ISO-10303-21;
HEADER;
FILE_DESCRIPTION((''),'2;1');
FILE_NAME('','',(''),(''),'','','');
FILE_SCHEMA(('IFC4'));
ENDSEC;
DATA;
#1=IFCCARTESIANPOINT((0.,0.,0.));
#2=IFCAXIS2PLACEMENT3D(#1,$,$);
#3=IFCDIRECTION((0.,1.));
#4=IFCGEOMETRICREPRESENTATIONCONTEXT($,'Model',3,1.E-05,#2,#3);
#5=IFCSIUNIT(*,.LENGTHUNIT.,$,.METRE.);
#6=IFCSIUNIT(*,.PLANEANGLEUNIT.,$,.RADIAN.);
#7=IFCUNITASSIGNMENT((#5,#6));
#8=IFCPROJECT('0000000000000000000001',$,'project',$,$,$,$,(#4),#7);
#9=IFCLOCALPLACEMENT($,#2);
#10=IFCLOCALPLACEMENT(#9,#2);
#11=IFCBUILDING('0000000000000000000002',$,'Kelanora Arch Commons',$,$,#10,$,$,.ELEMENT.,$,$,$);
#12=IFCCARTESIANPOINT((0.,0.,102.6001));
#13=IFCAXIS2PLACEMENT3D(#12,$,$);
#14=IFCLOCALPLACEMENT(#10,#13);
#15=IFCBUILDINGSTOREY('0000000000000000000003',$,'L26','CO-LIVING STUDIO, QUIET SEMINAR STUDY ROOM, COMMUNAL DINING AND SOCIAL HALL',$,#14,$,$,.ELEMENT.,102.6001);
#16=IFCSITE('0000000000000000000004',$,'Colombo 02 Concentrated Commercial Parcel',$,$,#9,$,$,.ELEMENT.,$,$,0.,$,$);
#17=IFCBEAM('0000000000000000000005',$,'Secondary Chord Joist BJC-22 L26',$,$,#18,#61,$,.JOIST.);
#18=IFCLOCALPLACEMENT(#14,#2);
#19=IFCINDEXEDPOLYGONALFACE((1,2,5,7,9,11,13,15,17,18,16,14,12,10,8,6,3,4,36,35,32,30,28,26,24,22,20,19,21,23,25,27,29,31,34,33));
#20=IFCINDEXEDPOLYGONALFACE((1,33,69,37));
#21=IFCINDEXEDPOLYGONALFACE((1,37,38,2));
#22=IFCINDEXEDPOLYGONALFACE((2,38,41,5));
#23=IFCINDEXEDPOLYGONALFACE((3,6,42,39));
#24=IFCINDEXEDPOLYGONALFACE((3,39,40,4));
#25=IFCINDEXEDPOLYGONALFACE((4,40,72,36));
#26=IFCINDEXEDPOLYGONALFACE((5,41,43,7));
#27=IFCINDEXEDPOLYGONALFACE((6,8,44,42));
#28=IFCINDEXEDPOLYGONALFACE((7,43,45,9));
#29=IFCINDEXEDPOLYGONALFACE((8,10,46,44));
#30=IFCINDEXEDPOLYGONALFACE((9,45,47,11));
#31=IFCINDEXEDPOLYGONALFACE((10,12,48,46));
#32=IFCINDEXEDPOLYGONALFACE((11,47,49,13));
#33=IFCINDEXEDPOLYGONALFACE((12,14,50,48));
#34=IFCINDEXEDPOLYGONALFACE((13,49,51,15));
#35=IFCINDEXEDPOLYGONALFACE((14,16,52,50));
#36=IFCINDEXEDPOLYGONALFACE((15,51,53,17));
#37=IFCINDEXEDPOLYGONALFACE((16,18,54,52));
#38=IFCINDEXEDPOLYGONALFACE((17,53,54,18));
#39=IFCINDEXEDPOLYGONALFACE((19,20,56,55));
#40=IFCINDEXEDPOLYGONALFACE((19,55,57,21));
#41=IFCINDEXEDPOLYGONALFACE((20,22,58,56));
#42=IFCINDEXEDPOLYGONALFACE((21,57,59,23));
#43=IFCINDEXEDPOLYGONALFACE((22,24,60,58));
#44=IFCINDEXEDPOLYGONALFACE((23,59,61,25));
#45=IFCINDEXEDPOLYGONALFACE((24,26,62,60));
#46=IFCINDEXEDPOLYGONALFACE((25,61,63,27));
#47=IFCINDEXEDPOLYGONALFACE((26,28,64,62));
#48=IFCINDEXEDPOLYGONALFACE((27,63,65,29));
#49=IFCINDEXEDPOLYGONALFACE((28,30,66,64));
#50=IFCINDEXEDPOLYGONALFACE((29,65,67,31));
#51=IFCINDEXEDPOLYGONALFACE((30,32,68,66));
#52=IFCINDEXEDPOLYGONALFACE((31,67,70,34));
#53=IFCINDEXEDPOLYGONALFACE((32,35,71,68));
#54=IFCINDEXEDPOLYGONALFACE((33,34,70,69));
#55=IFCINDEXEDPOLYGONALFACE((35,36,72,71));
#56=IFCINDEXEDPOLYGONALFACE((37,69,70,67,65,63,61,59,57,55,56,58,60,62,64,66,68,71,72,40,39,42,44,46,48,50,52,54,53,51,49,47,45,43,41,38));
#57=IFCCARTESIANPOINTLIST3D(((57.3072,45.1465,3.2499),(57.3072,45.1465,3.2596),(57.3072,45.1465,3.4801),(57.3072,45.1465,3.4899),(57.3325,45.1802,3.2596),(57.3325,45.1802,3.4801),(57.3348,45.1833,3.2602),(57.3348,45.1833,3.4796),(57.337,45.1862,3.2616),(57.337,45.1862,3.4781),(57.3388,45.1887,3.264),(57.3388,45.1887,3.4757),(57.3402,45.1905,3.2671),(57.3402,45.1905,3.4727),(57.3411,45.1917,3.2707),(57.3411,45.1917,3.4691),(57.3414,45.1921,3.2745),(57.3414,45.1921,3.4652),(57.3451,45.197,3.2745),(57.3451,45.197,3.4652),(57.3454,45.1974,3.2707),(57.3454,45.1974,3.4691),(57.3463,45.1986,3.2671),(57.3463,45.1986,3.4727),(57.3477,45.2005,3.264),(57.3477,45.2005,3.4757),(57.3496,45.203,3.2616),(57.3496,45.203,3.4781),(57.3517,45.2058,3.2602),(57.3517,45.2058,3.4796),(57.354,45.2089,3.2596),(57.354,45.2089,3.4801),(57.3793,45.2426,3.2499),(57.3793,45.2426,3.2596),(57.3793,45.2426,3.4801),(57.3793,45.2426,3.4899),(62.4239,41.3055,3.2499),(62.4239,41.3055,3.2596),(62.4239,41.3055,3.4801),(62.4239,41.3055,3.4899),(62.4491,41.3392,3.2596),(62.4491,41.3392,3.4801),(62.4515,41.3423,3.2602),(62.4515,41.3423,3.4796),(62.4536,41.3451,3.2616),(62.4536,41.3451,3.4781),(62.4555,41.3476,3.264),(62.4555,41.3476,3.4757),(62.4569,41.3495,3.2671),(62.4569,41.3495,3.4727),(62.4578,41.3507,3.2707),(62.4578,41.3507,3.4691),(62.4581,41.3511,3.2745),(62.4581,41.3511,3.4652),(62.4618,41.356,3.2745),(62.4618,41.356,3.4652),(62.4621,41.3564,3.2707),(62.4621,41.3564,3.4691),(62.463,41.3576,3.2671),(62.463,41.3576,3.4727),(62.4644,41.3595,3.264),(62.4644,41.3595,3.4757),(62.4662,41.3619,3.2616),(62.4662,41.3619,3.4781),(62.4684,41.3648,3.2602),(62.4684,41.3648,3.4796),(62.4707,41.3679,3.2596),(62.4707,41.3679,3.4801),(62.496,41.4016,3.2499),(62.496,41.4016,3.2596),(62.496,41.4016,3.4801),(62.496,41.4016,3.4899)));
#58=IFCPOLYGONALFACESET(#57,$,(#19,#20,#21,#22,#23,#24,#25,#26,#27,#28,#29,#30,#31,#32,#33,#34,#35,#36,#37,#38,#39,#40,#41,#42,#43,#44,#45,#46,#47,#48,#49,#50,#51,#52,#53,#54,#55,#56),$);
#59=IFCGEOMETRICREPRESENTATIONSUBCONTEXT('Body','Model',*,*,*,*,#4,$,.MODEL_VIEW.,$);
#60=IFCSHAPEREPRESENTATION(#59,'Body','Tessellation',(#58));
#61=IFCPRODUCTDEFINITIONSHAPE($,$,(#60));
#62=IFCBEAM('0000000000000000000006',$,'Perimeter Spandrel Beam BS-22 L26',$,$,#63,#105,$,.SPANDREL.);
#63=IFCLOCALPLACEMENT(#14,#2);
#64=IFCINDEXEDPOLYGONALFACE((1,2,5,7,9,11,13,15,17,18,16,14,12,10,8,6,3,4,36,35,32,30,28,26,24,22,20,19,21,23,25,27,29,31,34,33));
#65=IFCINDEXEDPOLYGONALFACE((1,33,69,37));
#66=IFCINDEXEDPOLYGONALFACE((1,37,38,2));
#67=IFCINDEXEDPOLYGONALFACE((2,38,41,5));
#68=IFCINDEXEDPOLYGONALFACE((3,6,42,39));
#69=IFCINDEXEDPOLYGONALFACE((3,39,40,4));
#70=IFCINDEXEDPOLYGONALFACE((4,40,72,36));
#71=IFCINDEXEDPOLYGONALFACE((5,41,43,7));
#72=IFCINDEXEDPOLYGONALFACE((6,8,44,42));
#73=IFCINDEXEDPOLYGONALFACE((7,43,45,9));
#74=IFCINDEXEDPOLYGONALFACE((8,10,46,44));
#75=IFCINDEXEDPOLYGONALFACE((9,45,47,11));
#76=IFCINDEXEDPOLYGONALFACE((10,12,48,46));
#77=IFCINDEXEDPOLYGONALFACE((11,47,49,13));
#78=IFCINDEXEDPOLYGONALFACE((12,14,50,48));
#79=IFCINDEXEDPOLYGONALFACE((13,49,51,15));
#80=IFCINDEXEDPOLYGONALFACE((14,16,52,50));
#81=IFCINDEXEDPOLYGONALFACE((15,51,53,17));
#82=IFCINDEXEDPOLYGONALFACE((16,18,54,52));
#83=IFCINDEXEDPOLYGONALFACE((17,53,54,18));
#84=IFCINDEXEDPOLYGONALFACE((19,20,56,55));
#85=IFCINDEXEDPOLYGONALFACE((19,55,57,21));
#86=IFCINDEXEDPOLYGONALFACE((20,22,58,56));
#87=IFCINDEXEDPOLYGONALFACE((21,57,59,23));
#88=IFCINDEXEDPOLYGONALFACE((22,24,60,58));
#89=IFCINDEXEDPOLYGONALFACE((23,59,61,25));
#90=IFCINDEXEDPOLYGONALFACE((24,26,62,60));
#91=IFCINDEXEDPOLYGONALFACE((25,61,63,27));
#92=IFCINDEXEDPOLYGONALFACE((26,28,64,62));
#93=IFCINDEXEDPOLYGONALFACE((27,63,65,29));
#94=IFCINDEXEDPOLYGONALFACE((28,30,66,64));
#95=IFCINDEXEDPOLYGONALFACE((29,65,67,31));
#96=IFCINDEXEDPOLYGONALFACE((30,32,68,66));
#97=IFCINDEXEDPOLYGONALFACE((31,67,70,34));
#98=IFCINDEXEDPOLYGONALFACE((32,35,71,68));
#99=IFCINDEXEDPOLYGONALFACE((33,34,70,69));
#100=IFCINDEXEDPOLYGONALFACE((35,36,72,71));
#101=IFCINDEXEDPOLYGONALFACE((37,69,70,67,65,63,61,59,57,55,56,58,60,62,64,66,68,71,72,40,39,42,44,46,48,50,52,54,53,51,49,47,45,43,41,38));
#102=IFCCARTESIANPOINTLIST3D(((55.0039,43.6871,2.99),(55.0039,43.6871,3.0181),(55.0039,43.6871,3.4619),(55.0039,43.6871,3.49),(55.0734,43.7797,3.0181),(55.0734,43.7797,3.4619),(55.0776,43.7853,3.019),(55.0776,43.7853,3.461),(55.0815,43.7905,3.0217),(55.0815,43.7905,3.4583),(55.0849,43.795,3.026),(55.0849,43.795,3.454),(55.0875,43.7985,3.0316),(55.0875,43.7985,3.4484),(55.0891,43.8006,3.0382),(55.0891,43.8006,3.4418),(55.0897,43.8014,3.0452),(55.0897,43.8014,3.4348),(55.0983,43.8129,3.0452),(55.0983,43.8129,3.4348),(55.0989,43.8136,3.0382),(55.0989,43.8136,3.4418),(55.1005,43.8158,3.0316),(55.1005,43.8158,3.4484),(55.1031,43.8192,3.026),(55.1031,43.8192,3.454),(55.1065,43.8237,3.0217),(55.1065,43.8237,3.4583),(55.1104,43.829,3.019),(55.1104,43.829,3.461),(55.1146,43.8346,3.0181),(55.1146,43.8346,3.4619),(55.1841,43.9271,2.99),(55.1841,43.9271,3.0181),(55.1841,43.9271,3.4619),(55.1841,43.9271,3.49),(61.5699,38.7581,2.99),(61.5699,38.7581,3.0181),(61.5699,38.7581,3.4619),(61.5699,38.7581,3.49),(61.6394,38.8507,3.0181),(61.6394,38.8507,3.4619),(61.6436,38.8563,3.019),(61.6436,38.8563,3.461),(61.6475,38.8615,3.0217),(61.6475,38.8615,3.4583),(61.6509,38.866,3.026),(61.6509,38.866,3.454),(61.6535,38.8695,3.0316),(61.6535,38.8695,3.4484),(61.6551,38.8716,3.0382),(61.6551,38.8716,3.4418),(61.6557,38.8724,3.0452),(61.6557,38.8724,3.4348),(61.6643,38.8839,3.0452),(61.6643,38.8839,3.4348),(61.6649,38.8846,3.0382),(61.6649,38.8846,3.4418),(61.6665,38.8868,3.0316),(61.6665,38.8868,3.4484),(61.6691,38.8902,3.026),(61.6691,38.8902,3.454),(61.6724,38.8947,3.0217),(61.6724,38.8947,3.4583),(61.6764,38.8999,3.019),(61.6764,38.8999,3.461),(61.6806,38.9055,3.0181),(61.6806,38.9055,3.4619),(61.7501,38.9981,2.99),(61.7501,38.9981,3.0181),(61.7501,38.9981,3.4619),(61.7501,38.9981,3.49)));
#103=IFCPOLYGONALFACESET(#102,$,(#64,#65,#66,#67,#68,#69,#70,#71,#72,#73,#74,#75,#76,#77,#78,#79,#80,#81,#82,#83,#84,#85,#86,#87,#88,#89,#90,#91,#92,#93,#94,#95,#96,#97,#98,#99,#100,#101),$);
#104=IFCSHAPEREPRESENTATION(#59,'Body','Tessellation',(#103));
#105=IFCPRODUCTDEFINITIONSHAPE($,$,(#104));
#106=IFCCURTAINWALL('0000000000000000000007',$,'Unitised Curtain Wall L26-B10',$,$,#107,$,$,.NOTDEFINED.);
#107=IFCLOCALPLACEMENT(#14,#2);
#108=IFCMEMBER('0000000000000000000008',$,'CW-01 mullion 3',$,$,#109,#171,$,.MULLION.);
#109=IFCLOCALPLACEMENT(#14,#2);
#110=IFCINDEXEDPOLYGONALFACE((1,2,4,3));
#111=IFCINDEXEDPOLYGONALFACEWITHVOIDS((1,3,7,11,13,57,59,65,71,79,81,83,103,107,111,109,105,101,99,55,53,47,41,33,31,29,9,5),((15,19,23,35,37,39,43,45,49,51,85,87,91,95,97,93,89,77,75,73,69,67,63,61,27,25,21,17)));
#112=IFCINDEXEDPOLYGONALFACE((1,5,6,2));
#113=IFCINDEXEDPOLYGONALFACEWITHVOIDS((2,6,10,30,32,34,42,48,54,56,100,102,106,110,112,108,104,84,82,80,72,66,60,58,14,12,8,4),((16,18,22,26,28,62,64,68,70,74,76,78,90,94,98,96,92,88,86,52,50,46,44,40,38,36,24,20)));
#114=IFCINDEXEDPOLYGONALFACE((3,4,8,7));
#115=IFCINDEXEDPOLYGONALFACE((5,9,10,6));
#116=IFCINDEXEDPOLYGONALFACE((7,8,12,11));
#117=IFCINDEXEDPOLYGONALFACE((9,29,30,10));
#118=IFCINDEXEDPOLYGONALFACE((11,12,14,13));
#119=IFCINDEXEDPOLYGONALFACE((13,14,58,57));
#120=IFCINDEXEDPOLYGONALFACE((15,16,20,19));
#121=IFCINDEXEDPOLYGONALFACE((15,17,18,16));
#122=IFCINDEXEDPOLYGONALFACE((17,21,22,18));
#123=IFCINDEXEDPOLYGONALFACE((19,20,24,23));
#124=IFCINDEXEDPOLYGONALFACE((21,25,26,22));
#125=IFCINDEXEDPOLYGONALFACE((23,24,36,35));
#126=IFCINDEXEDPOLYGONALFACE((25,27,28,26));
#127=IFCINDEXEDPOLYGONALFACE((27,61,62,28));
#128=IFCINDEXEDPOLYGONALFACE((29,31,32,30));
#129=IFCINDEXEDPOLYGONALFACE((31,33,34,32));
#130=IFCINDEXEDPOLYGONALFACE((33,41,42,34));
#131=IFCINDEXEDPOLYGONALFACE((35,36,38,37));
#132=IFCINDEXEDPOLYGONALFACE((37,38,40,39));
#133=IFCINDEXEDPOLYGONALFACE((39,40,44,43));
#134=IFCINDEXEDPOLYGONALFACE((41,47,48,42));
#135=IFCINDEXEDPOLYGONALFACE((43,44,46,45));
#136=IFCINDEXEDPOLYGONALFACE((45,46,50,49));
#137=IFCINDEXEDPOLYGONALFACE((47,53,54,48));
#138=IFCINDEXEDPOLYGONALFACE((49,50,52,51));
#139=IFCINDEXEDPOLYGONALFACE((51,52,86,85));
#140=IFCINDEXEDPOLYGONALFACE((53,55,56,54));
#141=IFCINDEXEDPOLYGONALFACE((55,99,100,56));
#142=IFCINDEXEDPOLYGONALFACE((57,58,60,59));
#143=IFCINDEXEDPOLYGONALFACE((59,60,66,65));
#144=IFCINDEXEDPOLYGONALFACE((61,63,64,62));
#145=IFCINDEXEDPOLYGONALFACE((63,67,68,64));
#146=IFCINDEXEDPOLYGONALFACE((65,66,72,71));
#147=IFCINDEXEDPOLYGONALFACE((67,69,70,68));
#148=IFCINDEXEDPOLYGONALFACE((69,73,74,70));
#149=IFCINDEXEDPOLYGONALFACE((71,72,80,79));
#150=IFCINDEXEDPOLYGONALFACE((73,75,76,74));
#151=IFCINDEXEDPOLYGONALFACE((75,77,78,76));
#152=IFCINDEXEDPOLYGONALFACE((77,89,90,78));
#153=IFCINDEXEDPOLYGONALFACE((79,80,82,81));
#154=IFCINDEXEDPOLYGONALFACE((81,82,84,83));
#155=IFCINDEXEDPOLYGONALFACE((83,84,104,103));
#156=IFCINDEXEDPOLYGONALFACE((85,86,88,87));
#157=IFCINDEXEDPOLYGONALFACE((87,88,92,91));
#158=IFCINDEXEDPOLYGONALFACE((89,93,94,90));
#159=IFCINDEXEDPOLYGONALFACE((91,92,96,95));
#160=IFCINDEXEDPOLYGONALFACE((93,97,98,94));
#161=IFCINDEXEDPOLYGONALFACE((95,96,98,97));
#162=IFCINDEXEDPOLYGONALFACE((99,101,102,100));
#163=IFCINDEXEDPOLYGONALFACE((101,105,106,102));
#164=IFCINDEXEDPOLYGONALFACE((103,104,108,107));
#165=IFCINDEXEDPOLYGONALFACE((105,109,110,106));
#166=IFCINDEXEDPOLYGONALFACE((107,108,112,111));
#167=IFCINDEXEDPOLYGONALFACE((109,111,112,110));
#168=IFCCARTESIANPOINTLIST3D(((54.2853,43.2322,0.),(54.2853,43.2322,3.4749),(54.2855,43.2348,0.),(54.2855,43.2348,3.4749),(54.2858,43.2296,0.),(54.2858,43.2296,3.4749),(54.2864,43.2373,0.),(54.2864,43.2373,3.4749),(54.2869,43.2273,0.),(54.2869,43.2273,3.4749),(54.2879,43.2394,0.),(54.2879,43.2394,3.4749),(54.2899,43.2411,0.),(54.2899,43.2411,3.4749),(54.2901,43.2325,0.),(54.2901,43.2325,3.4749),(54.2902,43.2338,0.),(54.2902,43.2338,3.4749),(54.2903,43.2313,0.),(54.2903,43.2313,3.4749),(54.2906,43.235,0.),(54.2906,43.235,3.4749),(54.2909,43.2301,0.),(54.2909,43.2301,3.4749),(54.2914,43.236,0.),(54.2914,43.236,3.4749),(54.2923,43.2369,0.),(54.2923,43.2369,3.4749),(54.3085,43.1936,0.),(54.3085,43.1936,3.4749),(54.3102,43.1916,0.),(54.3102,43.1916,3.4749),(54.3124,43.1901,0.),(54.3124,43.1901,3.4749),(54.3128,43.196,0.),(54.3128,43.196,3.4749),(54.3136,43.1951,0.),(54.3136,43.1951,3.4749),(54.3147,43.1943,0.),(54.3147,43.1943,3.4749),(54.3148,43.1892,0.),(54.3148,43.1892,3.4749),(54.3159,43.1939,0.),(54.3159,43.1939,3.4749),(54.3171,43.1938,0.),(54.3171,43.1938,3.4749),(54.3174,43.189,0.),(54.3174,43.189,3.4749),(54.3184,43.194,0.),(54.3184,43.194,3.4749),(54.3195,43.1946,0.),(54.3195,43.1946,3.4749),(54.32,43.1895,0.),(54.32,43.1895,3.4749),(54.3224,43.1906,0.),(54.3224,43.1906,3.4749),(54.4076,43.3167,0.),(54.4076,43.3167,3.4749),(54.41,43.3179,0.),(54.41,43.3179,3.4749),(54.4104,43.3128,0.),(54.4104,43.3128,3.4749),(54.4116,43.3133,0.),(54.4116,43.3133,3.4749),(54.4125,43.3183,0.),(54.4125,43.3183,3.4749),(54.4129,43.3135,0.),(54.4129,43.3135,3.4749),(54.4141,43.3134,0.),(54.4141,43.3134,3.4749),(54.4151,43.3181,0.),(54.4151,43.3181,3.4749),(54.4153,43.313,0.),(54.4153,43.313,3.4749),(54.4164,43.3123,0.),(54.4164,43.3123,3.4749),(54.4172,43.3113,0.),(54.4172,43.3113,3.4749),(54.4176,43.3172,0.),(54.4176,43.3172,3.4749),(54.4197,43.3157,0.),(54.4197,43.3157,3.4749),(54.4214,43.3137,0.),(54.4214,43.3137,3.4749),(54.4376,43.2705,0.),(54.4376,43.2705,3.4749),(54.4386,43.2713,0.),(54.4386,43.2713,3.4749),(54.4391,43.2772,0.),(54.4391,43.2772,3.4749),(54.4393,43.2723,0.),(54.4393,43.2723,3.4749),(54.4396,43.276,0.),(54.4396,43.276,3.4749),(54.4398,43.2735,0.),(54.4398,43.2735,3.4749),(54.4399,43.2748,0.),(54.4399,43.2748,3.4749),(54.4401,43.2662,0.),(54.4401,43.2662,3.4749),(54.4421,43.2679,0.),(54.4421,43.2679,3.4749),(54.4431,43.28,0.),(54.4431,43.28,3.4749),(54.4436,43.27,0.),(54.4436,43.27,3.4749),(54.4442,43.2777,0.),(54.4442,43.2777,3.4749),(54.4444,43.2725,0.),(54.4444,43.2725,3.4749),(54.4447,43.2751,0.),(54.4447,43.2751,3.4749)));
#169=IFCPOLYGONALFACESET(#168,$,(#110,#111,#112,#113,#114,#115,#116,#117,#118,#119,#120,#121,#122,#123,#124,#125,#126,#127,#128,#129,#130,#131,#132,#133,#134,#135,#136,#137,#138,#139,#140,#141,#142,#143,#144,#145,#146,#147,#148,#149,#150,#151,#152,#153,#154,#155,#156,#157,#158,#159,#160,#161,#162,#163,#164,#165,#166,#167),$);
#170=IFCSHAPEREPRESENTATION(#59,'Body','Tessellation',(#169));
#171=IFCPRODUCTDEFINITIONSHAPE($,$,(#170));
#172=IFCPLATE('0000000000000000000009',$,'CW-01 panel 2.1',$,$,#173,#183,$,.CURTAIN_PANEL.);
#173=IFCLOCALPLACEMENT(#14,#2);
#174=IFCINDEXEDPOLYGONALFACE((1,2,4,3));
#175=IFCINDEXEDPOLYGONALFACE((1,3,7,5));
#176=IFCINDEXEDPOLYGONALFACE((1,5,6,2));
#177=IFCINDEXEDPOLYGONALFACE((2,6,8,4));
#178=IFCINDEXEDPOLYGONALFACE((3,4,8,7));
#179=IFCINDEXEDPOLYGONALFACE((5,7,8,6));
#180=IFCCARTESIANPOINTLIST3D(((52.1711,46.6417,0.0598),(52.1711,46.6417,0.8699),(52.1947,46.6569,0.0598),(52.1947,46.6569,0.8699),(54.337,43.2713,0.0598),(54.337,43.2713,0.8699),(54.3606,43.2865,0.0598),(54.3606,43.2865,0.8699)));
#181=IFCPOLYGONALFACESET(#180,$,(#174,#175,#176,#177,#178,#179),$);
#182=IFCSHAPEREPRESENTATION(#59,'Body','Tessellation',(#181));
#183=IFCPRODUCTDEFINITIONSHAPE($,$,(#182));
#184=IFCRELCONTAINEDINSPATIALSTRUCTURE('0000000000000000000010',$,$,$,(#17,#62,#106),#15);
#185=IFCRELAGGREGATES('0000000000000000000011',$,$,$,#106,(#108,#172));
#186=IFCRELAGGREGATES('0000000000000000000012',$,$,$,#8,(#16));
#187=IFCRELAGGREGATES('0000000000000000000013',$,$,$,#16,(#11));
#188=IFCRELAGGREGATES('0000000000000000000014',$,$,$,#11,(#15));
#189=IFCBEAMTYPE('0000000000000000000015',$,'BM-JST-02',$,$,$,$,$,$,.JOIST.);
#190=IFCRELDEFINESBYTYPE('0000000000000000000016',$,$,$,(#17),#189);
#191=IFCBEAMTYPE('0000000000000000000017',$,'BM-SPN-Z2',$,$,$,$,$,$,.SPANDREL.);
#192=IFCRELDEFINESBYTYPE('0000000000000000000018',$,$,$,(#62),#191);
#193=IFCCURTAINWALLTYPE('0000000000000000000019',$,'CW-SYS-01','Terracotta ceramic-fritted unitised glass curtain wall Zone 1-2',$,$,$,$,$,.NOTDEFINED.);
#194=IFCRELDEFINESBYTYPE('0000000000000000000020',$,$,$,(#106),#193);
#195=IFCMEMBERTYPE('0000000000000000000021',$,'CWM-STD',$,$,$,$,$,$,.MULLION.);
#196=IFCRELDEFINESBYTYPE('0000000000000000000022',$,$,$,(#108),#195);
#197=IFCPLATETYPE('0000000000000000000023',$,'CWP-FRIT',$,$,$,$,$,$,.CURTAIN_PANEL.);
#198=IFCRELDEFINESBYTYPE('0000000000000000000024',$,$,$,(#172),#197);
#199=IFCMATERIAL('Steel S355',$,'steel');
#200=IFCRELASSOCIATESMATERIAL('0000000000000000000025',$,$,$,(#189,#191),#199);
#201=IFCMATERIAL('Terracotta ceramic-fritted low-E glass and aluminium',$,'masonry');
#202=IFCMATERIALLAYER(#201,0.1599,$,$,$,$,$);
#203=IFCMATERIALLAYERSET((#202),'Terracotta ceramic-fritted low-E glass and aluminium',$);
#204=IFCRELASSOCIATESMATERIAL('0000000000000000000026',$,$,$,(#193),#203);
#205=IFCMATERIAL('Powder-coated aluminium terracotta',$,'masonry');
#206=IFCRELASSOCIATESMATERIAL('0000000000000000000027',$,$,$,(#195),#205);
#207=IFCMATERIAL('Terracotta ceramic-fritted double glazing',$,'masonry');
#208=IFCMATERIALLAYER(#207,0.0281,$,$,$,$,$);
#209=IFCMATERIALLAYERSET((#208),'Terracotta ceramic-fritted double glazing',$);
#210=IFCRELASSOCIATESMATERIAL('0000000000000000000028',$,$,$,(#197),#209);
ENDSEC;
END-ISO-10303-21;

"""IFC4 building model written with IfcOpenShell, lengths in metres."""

from ifc_helpers import new_model, si_unit, direction, frame, origin, origin_2d, place, context, subcontext, project, spatial, rectangle, hollow_rectangle, i_section, extrude, source, transform, mapped, material, layer, layer_set, material_profile, profile_set, type_object, element, aggregate, save


model = new_model("IFC4")

# Units and contexts
model_context = context("Model", 3, precision=1e-05, world=origin(), true_north=direction((0.0, 1.0)))
body_context = subcontext(model_context, "Body", "Model", "MODEL_VIEW")
ifc_project = project(units=[si_unit("LENGTHUNIT", "METRE"), si_unit("PLANEANGLEUNIT", "RADIAN")], contexts=[model_context])

# Site, building, storey
site_placement = place(None, origin())
site = spatial("IfcSite", under=ifc_project, at=site_placement, Name="Colombo 02 Concentrated Commercial Parcel", CompositionType="ELEMENT", RefElevation=0.0)
building_placement = place(site_placement, origin())
building = spatial("IfcBuilding", under=site, at=building_placement, Name="Kelanora Arch Commons", CompositionType="ELEMENT")
storey_placement = place(building_placement, frame((0.0, 0.0, 102.6001)))
storey = spatial("IfcBuildingStorey", under=building, at=storey_placement, Name="L26", Description="CO-LIVING STUDIO, QUIET SEMINAR STUDY ROOM, COMMUNAL DINING AND SOCIAL HALL", CompositionType="ELEMENT", Elevation=102.6001)

# Beams
ifc_material_1 = material(Name="Steel S355", Category="steel")
ifc_material_profile_1 = material_profile(ifc_material_1, i_section(OverallWidth=0.1201, OverallDepth=0.24, WebThickness=0.0061, FlangeThickness=0.0098, FilletRadius=0.0149, at=origin_2d()), Name="IPE240")
ifc_profile_set_1 = profile_set([ifc_material_profile_1], Name="Steel S355")
beam_type_1 = type_object("IfcBeamType", Name="BM-JST-02", PredefinedType="JOIST", material=ifc_profile_set_1)
beam_1_placement = place(storey_placement, frame((57.3433, 45.1946, 3.3699), z_axis=(0.799734, -0.600354, 0.0), x_axis=(0.600354, 0.799734, 0.0)))
element("IfcBeam", 1, at=beam_1_placement, inside=storey, type_object=beam_type_1, Name="Secondary Chord Joist BJC-22 L26", PredefinedType="JOIST", context=body_context, shape_type="SweptSolid", body=[
    extrude(i_section(OverallWidth=0.1201, OverallDepth=0.24, WebThickness=0.0061, FlangeThickness=0.0098, FilletRadius=0.0149, at=origin_2d()), origin(), (0.0, 0.0, 1.0), 6.3979),
])
ifc_material_profile_2 = material_profile(ifc_material_1, i_section(OverallWidth=0.3, OverallDepth=0.5, WebThickness=0.0144, FlangeThickness=0.0281, FilletRadius=0.0271, at=origin_2d()), Name="HEB500")
ifc_profile_set_2 = profile_set([ifc_material_profile_2], Name="Steel S355")
beam_type_2 = type_object("IfcBeamType", Name="BM-SPN-Z2", PredefinedType="SPANDREL", material=ifc_profile_set_2)
beam_2_placement = place(storey_placement, frame((55.094, 43.8071, 3.24), z_axis=(0.799736, -0.600352, 0.0), x_axis=(0.600352, 0.799736, 0.0)))
element("IfcBeam", 2, at=beam_2_placement, inside=storey, type_object=beam_type_2, Name="Perimeter Spandrel Beam BS-22 L26", PredefinedType="SPANDREL", context=body_context, shape_type="SweptSolid", body=[
    extrude(i_section(OverallWidth=0.3, OverallDepth=0.5, WebThickness=0.0144, FlangeThickness=0.0281, FilletRadius=0.0271, at=origin_2d()), origin(), (0.0, 0.0, 1.0), 8.2102),
])

# Curtain wall, member, plate
ifc_material_2 = material(Name="Terracotta ceramic-fritted low-E glass and aluminium", Category="masonry")
ifc_layer_1 = layer(ifc_material_2, 0.1599)
ifc_layer_set_1 = layer_set([ifc_layer_1], Name="Terracotta ceramic-fritted low-E glass and aluminium")
curtain_wall_type = type_object("IfcCurtainWallType", Name="CW-SYS-01", Description="Terracotta ceramic-fritted unitised glass curtain wall Zone 1-2", PredefinedType="NOTDEFINED", material=ifc_layer_set_1)
curtain_wall_placement = place(storey_placement, origin())
curtain_wall = element("IfcCurtainWall", 3, at=curtain_wall_placement, inside=storey, type_object=curtain_wall_type, Name="Unitised Curtain Wall L26-B10", PredefinedType="NOTDEFINED")
ifc_material_3 = material(Name="Powder-coated aluminium terracotta", Category="masonry")
ifc_material_profile_3 = material_profile(ifc_material_3, hollow_rectangle(XDim=0.1599, YDim=0.0601, WallThickness=0.0049, InnerFilletRadius=0.0049, OuterFilletRadius=0.01, at=origin_2d()), Name="CWM160x60")
ifc_profile_set_3 = profile_set([ifc_material_profile_3], Name="Powder-coated aluminium terracotta")
member_type = type_object("IfcMemberType", Name="CWM-STD", PredefinedType="MULLION", material=ifc_profile_set_3)
member_placement = place(storey_placement, frame((54.365, 43.2537, 0.0), z_axis=(0.0, 0.0, 1.0), x_axis=(0.841269, 0.540617, 0.0)))
member = element("IfcMember", 4, at=member_placement, type_object=member_type, Name="CW-01 mullion 3", PredefinedType="MULLION", context=body_context, shape_type="SweptSolid", body=[
    extrude(hollow_rectangle(XDim=0.1599, YDim=0.0601, WallThickness=0.0049, InnerFilletRadius=0.0049, OuterFilletRadius=0.01, at=origin_2d()), origin(), (0.0, 0.0, 1.0), 3.4749),
])
ifc_material_4 = material(Name="Terracotta ceramic-fritted double glazing", Category="masonry")
ifc_layer_2 = layer(ifc_material_4, 0.0281)
ifc_layer_set_2 = layer_set([ifc_layer_2], Name="Terracotta ceramic-fritted double glazing")
plate_type = type_object("IfcPlateType", Name="CWP-FRIT", PredefinedType="CURTAIN_PANEL", material=ifc_layer_set_2)
shared_shape_1 = source(origin(), body_context, "Body", "SweptSolid", [
    extrude(rectangle(XDim=4.0063, YDim=0.0281, at=origin_2d()), origin(), (0.0, 0.0, 1.0), 0.8101),
])
plate_1_placement = place(storey_placement, frame((53.2659, 44.9641, 0.0598), z_axis=(0.0, 0.0, 1.0), x_axis=(0.540617, -0.841269, 0.0)))
plate_1 = element("IfcPlate", 5, at=plate_1_placement, type_object=plate_type, Name="CW-01 panel 2.1", PredefinedType="CURTAIN_PANEL", context=body_context, shape_type="MappedRepresentation", body=[
    mapped(shared_shape_1, transform((0.0, 0.0, 0.0), scale=1.0)),
])
aggregate(curtain_wall, [member, plate_1])

save(model, "model.ifc")
